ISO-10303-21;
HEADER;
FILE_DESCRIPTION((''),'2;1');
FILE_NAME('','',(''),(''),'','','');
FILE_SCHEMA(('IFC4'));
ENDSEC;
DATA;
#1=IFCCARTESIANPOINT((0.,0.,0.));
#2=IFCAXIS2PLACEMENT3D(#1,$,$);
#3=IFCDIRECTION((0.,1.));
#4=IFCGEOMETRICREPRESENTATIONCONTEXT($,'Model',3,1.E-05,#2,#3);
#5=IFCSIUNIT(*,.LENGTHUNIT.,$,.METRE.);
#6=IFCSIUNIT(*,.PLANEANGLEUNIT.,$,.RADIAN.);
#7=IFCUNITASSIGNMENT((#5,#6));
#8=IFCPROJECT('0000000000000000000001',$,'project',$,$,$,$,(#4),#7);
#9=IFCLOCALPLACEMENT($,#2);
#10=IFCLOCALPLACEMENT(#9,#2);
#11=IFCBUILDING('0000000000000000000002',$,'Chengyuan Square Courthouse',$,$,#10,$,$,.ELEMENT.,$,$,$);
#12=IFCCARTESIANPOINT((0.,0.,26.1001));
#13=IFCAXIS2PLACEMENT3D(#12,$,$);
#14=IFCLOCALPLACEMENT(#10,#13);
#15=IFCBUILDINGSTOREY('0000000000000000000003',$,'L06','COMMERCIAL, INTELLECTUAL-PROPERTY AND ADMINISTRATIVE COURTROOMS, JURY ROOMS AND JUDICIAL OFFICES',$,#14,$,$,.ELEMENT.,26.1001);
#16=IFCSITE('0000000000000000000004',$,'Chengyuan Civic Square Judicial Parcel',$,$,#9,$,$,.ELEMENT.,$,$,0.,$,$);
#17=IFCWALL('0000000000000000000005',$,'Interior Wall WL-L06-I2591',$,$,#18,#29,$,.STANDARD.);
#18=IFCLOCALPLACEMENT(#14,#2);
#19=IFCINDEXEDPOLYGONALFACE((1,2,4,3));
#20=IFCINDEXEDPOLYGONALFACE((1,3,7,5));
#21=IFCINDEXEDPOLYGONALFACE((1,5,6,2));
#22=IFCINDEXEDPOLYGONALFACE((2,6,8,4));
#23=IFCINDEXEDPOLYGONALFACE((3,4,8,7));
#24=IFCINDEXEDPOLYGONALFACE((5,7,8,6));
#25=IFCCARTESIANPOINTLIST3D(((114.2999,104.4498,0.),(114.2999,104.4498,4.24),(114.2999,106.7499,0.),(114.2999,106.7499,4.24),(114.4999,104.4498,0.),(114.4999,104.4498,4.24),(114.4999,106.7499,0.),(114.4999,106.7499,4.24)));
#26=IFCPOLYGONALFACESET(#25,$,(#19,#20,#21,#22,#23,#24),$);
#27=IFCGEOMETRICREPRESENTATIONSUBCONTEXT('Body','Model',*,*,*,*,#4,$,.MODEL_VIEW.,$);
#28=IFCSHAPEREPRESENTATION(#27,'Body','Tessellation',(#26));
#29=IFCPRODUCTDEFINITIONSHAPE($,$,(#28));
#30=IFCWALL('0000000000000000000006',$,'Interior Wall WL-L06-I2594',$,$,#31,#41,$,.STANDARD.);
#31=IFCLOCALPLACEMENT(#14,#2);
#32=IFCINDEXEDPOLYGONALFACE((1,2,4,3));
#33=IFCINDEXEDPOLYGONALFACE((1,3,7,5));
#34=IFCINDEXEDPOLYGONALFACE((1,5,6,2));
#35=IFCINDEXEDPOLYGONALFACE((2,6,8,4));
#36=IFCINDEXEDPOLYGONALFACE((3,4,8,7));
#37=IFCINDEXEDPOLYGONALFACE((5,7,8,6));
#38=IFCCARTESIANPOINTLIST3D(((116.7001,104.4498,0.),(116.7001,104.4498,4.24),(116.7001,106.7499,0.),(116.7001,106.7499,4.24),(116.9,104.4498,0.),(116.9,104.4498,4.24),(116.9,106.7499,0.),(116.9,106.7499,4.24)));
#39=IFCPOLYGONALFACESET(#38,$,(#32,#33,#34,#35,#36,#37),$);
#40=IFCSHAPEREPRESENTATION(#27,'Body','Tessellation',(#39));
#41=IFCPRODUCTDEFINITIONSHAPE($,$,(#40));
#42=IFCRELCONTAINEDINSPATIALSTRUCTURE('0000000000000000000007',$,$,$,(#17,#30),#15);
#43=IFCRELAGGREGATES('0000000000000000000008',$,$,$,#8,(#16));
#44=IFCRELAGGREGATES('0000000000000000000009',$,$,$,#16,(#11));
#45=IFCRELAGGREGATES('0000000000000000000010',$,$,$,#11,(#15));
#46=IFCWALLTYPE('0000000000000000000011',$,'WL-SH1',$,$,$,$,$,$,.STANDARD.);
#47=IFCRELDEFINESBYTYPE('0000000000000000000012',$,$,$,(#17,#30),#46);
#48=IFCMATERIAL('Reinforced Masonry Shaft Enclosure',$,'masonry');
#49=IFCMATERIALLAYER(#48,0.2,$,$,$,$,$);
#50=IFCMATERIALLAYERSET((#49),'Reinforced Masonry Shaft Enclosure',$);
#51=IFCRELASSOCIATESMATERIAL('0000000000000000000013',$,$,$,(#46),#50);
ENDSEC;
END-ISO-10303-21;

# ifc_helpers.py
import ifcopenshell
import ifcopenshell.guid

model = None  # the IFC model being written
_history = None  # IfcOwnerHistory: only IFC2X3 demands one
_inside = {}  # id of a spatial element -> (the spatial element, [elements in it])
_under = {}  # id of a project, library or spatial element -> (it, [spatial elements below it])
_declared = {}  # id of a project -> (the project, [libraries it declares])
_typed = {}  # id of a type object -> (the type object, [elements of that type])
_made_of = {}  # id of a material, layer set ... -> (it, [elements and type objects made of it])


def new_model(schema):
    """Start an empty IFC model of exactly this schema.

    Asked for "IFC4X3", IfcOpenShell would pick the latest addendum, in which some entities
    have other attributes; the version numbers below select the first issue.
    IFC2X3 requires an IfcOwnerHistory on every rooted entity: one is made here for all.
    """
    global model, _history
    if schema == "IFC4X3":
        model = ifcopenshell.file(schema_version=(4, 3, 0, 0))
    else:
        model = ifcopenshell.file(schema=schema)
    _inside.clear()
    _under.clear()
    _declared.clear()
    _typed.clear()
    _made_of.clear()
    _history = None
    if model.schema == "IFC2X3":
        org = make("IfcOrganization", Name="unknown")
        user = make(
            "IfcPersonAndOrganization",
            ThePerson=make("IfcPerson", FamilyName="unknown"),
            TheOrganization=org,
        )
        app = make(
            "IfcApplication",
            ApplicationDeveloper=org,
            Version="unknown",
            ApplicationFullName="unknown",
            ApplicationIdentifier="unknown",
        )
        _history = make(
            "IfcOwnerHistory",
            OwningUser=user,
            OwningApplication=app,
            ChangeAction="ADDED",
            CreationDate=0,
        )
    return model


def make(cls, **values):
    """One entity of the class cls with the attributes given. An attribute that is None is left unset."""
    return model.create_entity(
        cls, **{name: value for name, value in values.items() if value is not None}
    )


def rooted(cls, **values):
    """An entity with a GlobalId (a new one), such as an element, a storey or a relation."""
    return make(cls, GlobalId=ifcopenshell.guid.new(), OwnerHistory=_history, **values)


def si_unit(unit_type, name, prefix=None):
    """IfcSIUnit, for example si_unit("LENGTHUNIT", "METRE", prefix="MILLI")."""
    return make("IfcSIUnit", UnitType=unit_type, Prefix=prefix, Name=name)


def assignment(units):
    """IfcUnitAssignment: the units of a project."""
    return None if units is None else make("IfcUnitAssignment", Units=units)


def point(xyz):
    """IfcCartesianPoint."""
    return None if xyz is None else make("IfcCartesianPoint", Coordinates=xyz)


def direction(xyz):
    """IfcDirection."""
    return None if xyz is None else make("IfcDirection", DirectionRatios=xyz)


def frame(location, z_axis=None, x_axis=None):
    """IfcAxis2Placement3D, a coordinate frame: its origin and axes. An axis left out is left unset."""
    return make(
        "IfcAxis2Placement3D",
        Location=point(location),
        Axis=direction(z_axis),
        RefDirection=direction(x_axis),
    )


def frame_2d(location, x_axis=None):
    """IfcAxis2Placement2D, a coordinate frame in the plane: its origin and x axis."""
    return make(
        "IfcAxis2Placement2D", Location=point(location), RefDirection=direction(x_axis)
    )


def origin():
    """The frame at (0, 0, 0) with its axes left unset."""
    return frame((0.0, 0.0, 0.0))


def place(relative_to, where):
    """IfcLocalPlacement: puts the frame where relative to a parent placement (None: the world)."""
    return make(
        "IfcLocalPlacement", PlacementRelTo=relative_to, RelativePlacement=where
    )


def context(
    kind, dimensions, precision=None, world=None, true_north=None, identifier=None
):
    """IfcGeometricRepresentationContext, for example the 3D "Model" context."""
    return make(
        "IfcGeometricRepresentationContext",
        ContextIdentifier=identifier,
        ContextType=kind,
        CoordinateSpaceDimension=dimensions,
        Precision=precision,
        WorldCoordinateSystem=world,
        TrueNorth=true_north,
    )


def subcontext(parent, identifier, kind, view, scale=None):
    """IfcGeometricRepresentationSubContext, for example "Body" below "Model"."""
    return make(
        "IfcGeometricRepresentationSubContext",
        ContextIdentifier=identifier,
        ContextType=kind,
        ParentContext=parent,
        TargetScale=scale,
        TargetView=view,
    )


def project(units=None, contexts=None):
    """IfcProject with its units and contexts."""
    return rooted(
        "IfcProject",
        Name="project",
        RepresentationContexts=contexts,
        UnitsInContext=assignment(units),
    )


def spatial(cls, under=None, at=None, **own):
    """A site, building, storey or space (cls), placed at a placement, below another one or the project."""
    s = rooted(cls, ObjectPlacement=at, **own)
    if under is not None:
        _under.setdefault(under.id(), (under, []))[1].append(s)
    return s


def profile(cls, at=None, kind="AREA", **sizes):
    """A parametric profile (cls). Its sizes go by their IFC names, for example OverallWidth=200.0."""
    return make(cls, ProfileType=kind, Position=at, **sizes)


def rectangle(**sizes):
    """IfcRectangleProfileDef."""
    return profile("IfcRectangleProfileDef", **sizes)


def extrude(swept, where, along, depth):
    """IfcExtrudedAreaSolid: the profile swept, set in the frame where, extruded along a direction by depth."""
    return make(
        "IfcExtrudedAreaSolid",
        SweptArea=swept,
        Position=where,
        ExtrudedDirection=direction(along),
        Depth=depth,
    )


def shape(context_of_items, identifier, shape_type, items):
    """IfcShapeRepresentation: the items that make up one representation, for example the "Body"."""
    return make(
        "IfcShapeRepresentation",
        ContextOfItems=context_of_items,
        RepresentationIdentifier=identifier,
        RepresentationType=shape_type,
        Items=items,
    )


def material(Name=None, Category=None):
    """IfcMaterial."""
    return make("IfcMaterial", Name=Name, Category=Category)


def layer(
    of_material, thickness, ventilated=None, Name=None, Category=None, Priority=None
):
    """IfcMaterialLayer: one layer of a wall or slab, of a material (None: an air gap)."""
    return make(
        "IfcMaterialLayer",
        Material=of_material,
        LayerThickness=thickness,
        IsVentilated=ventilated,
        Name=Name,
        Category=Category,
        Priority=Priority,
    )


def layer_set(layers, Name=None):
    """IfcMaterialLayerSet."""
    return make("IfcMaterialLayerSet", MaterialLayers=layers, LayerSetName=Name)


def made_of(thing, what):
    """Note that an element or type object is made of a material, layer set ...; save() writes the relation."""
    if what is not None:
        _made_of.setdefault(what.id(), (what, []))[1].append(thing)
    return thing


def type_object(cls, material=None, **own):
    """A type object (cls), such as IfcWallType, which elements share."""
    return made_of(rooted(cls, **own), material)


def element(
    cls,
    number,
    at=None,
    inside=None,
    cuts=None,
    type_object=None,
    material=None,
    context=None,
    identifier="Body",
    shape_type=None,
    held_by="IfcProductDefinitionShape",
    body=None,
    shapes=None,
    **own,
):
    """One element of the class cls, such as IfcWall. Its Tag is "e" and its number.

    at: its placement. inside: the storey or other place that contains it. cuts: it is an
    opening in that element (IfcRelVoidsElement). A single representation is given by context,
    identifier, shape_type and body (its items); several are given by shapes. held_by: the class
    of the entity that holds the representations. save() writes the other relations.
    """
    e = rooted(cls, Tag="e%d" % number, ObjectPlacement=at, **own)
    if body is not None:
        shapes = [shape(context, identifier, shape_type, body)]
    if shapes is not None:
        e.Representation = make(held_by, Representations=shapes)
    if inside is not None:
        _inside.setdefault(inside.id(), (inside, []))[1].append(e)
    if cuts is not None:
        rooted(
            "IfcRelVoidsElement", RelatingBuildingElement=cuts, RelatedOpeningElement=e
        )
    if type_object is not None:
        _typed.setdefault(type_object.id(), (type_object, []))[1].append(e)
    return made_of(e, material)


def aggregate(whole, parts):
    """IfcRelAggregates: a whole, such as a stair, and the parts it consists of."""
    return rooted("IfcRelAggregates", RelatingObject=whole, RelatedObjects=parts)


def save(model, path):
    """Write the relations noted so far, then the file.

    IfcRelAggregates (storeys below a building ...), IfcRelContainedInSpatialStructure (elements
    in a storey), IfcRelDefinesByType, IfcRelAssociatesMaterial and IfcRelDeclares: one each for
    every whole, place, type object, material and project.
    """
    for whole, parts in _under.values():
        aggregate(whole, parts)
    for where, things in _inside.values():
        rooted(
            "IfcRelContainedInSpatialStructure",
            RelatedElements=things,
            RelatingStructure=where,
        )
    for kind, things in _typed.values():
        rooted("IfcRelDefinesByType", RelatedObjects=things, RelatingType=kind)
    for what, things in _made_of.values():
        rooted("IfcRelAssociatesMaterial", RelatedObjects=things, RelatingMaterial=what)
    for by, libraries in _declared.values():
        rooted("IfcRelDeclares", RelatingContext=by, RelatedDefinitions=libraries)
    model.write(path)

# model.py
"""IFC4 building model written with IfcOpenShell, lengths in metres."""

from ifc_helpers import new_model, si_unit, direction, frame, frame_2d, origin, place, context, subcontext, project, spatial, rectangle, extrude, material, layer, layer_set, type_object, element, save


model = new_model("IFC4")

# Units and contexts
model_context = context("Model", 3, precision=1e-05, world=origin(), true_north=direction((0.0, 1.0)))
body_context = subcontext(model_context, "Body", "Model", "MODEL_VIEW")
ifc_project = project(units=[si_unit("LENGTHUNIT", "METRE"), si_unit("PLANEANGLEUNIT", "RADIAN")], contexts=[model_context])

# Site, building, storey
site_placement = place(None, origin())
site = spatial("IfcSite", under=ifc_project, at=site_placement, Name="Chengyuan Civic Square Judicial Parcel", CompositionType="ELEMENT", RefElevation=0.0)
building_placement = place(site_placement, origin())
building = spatial("IfcBuilding", under=site, at=building_placement, Name="Chengyuan Square Courthouse", CompositionType="ELEMENT")
storey_placement = place(building_placement, frame((0.0, 0.0, 26.1001)))
storey = spatial("IfcBuildingStorey", under=building, at=storey_placement, Name="L06", Description="COMMERCIAL, INTELLECTUAL-PROPERTY AND ADMINISTRATIVE COURTROOMS, JURY ROOMS AND JUDICIAL OFFICES", CompositionType="ELEMENT", Elevation=26.1001)

# Shared definitions
ifc_material_1 = material(Name="Reinforced Masonry Shaft Enclosure", Category="masonry")
ifc_layer_1 = layer(ifc_material_1, 0.2)
ifc_layer_set_1 = layer_set([ifc_layer_1], Name="Reinforced Masonry Shaft Enclosure")
wall_type_1 = type_object("IfcWallType", Name="WL-SH1", PredefinedType="STANDARD", material=ifc_layer_set_1)

# Walls
for number, where, z_axis, x_axis, name in (
    (1, (114.3999, 104.45, 0.0), (0.0, 0.0, 1.0), (0.0, 1.0, 0.0), "Interior Wall WL-L06-I2591"),
    (2, (116.8, 104.45, 0.0), (0.0, 0.0, 1.0), (0.0, 1.0, 0.0), "Interior Wall WL-L06-I2594"),
):
    element("IfcWall", number, at=place(storey_placement, frame(where, z_axis=z_axis, x_axis=x_axis)), inside=storey, type_object=wall_type_1, Name=name, PredefinedType="STANDARD", context=body_context, shape_type="SweptSolid", body=[
        extrude(rectangle(XDim=2.3, YDim=0.2, at=frame_2d((1.1499, 0.0))), origin(), (0.0, 0.0, 1.0), 4.24),
    ])

save(model, "model.ifc")
